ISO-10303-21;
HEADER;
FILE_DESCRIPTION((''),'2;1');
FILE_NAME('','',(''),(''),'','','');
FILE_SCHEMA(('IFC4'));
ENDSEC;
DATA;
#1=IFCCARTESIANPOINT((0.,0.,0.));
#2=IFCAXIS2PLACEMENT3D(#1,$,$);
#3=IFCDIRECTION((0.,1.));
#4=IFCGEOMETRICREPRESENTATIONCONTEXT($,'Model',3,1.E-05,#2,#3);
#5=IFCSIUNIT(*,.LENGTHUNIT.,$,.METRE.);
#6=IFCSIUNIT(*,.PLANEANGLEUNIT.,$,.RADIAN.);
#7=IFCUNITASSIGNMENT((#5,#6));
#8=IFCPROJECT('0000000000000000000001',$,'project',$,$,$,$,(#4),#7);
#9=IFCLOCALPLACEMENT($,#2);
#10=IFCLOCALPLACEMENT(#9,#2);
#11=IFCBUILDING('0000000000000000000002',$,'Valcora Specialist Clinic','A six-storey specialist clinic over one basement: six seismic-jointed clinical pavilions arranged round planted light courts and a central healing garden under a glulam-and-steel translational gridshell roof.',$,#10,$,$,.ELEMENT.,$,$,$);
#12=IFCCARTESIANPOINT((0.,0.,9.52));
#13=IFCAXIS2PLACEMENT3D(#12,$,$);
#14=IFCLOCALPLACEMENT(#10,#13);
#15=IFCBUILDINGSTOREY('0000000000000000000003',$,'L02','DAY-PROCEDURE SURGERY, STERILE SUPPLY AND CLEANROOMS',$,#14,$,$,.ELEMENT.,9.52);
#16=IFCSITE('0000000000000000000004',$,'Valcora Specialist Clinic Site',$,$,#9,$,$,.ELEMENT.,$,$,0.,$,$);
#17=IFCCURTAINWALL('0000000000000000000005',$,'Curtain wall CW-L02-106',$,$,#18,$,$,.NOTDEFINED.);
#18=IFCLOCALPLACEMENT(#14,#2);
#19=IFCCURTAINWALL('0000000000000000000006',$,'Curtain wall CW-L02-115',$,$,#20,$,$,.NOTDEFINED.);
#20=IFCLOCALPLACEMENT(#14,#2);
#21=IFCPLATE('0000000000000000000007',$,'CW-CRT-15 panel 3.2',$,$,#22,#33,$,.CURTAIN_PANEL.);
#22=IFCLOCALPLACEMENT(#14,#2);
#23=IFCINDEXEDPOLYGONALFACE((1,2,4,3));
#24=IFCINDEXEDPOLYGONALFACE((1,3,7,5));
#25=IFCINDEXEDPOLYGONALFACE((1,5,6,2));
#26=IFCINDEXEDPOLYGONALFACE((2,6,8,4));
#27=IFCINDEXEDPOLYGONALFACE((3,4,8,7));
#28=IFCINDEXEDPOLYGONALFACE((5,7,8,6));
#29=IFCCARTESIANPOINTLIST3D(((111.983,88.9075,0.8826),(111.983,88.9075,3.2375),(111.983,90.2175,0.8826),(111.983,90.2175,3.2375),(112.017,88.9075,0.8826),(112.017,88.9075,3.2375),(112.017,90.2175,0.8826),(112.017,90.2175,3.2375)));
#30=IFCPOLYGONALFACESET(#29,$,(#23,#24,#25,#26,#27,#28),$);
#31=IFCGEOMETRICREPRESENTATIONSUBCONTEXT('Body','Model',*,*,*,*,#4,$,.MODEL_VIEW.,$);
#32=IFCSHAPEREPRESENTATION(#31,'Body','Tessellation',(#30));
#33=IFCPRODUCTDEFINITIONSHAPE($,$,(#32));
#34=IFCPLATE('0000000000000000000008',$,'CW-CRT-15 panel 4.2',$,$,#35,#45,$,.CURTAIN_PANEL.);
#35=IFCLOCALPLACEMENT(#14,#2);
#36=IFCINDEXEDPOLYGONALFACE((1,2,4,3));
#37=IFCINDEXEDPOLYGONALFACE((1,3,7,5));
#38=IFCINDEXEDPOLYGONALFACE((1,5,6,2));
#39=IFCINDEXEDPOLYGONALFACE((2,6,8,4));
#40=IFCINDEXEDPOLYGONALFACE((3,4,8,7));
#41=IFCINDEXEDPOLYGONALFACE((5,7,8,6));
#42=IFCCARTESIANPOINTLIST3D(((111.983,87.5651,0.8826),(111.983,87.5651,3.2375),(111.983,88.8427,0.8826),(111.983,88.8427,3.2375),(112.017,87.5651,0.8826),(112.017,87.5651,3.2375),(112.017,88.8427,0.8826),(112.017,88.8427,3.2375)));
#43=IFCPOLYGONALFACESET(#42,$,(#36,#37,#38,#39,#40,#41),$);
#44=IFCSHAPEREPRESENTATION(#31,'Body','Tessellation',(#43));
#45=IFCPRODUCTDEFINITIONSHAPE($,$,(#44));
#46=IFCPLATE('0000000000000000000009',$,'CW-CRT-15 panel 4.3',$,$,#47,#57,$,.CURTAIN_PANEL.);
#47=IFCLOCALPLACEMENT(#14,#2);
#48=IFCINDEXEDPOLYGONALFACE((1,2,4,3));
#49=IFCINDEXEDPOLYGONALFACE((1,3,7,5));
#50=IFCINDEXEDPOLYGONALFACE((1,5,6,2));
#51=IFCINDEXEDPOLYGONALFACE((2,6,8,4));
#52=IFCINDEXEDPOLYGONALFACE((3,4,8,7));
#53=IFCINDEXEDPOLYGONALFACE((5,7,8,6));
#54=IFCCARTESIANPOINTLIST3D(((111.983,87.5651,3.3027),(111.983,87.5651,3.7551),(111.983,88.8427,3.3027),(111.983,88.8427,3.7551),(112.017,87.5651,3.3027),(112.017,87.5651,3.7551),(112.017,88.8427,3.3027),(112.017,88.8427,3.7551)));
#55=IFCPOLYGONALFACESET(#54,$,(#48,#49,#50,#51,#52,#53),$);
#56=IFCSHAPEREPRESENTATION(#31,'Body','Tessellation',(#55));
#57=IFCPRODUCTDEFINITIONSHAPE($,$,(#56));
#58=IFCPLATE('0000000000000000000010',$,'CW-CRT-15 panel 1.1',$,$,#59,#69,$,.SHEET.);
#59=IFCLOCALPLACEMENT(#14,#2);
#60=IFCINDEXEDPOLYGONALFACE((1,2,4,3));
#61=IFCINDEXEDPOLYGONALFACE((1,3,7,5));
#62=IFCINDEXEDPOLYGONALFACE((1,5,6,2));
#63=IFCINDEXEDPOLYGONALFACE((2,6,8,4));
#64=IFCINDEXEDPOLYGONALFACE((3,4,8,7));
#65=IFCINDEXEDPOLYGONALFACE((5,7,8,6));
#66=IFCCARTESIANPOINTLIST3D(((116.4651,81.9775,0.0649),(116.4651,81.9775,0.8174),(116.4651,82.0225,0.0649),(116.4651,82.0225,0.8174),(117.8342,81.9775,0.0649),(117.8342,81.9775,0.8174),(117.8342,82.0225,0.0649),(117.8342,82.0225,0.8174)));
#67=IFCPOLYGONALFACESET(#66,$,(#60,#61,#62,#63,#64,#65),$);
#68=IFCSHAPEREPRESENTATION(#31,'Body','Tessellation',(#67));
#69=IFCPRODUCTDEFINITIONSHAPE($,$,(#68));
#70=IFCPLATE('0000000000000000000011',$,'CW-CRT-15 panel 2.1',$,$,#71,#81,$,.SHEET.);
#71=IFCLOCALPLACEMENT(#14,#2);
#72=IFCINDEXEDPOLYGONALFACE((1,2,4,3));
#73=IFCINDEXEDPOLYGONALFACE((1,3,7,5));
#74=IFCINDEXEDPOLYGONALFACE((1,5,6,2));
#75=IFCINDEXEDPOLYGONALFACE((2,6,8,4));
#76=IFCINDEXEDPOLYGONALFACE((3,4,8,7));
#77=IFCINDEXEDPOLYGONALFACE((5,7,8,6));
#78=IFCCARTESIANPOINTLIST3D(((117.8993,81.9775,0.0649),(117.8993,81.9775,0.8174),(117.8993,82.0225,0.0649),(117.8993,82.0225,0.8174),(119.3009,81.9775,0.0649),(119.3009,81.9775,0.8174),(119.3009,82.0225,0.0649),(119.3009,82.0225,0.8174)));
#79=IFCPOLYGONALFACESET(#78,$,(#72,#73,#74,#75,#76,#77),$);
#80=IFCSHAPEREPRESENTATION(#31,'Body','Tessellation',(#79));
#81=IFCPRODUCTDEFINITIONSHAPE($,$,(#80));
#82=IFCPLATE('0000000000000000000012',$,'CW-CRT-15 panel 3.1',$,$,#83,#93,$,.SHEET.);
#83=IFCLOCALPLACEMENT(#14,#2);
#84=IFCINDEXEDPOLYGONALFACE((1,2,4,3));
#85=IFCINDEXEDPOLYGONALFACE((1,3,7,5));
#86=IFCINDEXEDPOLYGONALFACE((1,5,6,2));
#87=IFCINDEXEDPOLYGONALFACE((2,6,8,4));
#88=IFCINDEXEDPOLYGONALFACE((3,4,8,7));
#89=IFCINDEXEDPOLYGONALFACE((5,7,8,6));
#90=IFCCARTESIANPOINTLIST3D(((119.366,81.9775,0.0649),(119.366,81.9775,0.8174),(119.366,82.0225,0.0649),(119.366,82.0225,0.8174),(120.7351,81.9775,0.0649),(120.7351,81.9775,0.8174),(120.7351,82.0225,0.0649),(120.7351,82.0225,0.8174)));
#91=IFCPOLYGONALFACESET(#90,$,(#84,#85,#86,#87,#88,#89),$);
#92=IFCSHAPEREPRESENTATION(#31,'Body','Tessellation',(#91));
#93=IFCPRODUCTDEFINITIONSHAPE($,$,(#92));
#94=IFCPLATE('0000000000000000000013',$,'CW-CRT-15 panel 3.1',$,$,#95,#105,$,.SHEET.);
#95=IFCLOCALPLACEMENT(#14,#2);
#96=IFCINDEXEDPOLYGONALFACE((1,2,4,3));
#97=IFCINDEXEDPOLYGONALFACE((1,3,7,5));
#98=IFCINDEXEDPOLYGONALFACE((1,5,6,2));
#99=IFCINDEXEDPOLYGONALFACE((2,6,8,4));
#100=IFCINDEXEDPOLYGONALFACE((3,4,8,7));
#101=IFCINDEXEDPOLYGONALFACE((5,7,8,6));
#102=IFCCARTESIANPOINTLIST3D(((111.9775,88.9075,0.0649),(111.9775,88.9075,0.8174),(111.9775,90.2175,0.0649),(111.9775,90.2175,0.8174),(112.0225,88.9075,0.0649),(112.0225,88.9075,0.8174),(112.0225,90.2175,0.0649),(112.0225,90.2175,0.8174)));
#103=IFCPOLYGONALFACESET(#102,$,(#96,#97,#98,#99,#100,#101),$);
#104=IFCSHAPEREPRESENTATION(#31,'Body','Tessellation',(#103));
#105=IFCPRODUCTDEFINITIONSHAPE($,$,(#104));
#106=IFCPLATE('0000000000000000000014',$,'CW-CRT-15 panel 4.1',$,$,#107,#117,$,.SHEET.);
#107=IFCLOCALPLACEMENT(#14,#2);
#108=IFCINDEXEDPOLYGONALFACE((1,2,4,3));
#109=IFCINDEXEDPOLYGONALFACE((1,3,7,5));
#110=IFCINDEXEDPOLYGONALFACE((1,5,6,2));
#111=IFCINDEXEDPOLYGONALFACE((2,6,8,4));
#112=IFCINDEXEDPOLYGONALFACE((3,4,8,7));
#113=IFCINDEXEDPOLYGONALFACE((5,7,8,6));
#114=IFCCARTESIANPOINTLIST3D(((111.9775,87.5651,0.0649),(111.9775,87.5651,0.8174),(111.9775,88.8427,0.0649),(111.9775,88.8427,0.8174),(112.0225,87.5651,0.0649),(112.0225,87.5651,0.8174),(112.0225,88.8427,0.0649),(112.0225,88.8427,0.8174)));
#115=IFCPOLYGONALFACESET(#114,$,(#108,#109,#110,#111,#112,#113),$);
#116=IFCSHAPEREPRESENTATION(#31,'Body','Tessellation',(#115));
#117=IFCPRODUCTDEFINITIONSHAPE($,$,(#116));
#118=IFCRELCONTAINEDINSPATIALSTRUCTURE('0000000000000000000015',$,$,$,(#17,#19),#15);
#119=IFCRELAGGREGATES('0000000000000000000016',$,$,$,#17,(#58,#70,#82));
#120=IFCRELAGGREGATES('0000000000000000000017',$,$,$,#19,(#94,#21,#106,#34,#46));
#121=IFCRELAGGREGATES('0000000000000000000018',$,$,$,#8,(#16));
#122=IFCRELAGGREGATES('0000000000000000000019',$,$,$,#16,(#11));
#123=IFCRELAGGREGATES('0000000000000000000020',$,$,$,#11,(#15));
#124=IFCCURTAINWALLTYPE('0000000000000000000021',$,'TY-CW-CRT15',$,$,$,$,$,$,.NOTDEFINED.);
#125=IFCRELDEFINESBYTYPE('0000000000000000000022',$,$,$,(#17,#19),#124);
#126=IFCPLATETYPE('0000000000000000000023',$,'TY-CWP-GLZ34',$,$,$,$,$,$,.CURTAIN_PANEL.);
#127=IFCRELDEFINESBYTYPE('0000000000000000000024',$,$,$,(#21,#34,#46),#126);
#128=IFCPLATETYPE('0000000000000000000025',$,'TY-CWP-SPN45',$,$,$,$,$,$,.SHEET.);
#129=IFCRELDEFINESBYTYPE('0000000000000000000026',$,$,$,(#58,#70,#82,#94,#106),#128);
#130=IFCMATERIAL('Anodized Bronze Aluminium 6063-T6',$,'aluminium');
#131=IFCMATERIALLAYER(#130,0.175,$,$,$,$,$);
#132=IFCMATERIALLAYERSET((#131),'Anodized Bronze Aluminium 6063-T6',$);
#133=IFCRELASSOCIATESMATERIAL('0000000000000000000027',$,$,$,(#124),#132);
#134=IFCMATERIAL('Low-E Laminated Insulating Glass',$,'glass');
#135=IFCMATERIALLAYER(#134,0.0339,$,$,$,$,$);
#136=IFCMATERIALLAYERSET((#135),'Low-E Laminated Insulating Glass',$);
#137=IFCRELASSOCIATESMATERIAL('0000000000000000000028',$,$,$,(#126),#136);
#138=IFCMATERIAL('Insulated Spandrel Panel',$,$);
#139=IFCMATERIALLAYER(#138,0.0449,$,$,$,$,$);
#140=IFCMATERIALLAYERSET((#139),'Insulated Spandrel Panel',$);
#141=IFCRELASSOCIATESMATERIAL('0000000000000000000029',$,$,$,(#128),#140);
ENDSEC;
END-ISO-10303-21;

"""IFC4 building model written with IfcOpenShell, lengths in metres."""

from ifc_helpers import new_model, si_unit, direction, frame, origin, origin_2d, place, context, subcontext, project, spatial, rectangle, extrude, material, layer, layer_set, type_object, element, aggregate, save


model = new_model("IFC4")

# Units and contexts
model_context = context("Model", 3, precision=1e-05, world=origin(), true_north=direction((0.0, 1.0)))
body_context = subcontext(model_context, "Body", "Model", "MODEL_VIEW")
ifc_project = project(units=[si_unit("LENGTHUNIT", "METRE"), si_unit("PLANEANGLEUNIT", "RADIAN")], contexts=[model_context])

# Site, building, storey
site_placement = place(None, origin())
site = spatial("IfcSite", under=ifc_project, at=site_placement, Name="Valcora Specialist Clinic Site", CompositionType="ELEMENT", RefElevation=0.0)
building_placement = place(site_placement, origin())
building = spatial("IfcBuilding", under=site, at=building_placement, Name="Valcora Specialist Clinic", Description="A six-storey specialist clinic over one basement: six seismic-jointed clinical pavilions arranged round planted light courts and a central healing garden under a glulam-and-steel translational gridshell roof.", CompositionType="ELEMENT")
storey_placement = place(building_placement, frame((0.0, 0.0, 9.52)))
storey = spatial("IfcBuildingStorey", under=building, at=storey_placement, Name="L02", Description="DAY-PROCEDURE SURGERY, STERILE SUPPLY AND CLEANROOMS", CompositionType="ELEMENT", Elevation=9.52)

# Curtain walls
ifc_material_1 = material(Name="Anodized Bronze Aluminium 6063-T6", Category="aluminium")
ifc_layer_1 = layer(ifc_material_1, 0.175)
ifc_layer_set_1 = layer_set([ifc_layer_1], Name="Anodized Bronze Aluminium 6063-T6")
curtain_wall_type = type_object("IfcCurtainWallType", Name="TY-CW-CRT15", PredefinedType="NOTDEFINED", material=ifc_layer_set_1)
curtain_wall_1_placement = place(storey_placement, origin())
curtain_wall_1 = element("IfcCurtainWall", 1, at=curtain_wall_1_placement, inside=storey, type_object=curtain_wall_type, Name="Curtain wall CW-L02-106", PredefinedType="NOTDEFINED")
curtain_wall_2_placement = place(storey_placement, origin())
curtain_wall_2 = element("IfcCurtainWall", 2, at=curtain_wall_2_placement, inside=storey, type_object=curtain_wall_type, Name="Curtain wall CW-L02-115", PredefinedType="NOTDEFINED")

# Plates
ifc_material_2 = material(Name="Low-E Laminated Insulating Glass", Category="glass")
ifc_layer_2 = layer(ifc_material_2, 0.0339)
ifc_layer_set_2 = layer_set([ifc_layer_2], Name="Low-E Laminated Insulating Glass")
plate_type_1 = type_object("IfcPlateType", Name="TY-CWP-GLZ34", PredefinedType="CURTAIN_PANEL", material=ifc_layer_set_2)
plate_1_placement = place(storey_placement, frame((112.0, 89.5625, 0.8826), z_axis=(0.0, 0.0, 1.0), x_axis=(0.0, -1.0, 0.0)))
plate_1 = element("IfcPlate", 3, at=plate_1_placement, type_object=plate_type_1, Name="CW-CRT-15 panel 3.2", PredefinedType="CURTAIN_PANEL", context=body_context, shape_type="SweptSolid", body=[
    extrude(rectangle(XDim=1.3101, YDim=0.0339, at=origin_2d()), origin(), (0.0, 0.0, 1.0), 2.355),
])
plate_2_placement = place(storey_placement, frame((112.0, 88.2039, 0.8826), z_axis=(0.0, 0.0, 1.0), x_axis=(0.0, -1.0, 0.0)))
plate_2 = element("IfcPlate", 4, at=plate_2_placement, type_object=plate_type_1, Name="CW-CRT-15 panel 4.2", PredefinedType="CURTAIN_PANEL", context=body_context, shape_type="SweptSolid", body=[
    extrude(rectangle(XDim=1.2776, YDim=0.0339, at=origin_2d()), origin(), (0.0, 0.0, 1.0), 2.355),
])
plate_3_placement = place(storey_placement, frame((112.0, 88.2039, 3.3027), z_axis=(0.0, 0.0, 1.0), x_axis=(0.0, -1.0, 0.0)))
plate_3 = element("IfcPlate", 5, at=plate_3_placement, type_object=plate_type_1, Name="CW-CRT-15 panel 4.3", PredefinedType="CURTAIN_PANEL", context=body_context, shape_type="SweptSolid", body=[
    extrude(rectangle(XDim=1.2776, YDim=0.0339, at=origin_2d()), origin(), (0.0, 0.0, 1.0), 0.4524),
])
ifc_material_3 = material(Name="Insulated Spandrel Panel")
ifc_layer_3 = layer(ifc_material_3, 0.0449)
ifc_layer_set_3 = layer_set([ifc_layer_3], Name="Insulated Spandrel Panel")
plate_type_2 = type_object("IfcPlateType", Name="TY-CWP-SPN45", PredefinedType="SHEET", material=ifc_layer_set_3)
plate_4_placement = place(storey_placement, frame((117.1497, 82.0, 0.0649), z_axis=(0.0, 0.0, 1.0), x_axis=(1.0, 0.0, 0.0)))
plate_4 = element("IfcPlate", 6, at=plate_4_placement, type_object=plate_type_2, Name="CW-CRT-15 panel 1.1", PredefinedType="SHEET", context=body_context, shape_type="SweptSolid", body=[
    extrude(rectangle(XDim=1.3691, YDim=0.0449, at=origin_2d()), origin(), (0.0, 0.0, 1.0), 0.7524),
])
plate_5_placement = place(storey_placement, frame((118.6001, 82.0, 0.0649), z_axis=(0.0, 0.0, 1.0), x_axis=(1.0, 0.0, 0.0)))
plate_5 = element("IfcPlate", 7, at=plate_5_placement, type_object=plate_type_2, Name="CW-CRT-15 panel 2.1", PredefinedType="SHEET", context=body_context, shape_type="SweptSolid", body=[
    extrude(rectangle(XDim=1.4016, YDim=0.0449, at=origin_2d()), origin(), (0.0, 0.0, 1.0), 0.7524),
])
plate_6_placement = place(storey_placement, frame((120.0505, 82.0, 0.0649), z_axis=(0.0, 0.0, 1.0), x_axis=(1.0, 0.0, 0.0)))
plate_6 = element("IfcPlate", 8, at=plate_6_placement, type_object=plate_type_2, Name="CW-CRT-15 panel 3.1", PredefinedType="SHEET", context=body_context, shape_type="SweptSolid", body=[
    extrude(rectangle(XDim=1.3691, YDim=0.0449, at=origin_2d()), origin(), (0.0, 0.0, 1.0), 0.7524),
])
aggregate(curtain_wall_1, [plate_4, plate_5, plate_6])
plate_7_placement = place(storey_placement, frame((112.0, 89.5625, 0.0649), z_axis=(0.0, 0.0, 1.0), x_axis=(0.0, -1.0, 0.0)))
plate_7 = element("IfcPlate", 9, at=plate_7_placement, type_object=plate_type_2, Name="CW-CRT-15 panel 3.1", PredefinedType="SHEET", context=body_context, shape_type="SweptSolid", body=[
    extrude(rectangle(XDim=1.3101, YDim=0.0449, at=origin_2d()), origin(), (0.0, 0.0, 1.0), 0.7524),
])
plate_8_placement = place(storey_placement, frame((112.0, 88.2039, 0.0649), z_axis=(0.0, 0.0, 1.0), x_axis=(0.0, -1.0, 0.0)))
plate_8 = element("IfcPlate", 10, at=plate_8_placement, type_object=plate_type_2, Name="CW-CRT-15 panel 4.1", PredefinedType="SHEET", context=body_context, shape_type="SweptSolid", body=[
    extrude(rectangle(XDim=1.2776, YDim=0.0449, at=origin_2d()), origin(), (0.0, 0.0, 1.0), 0.7524),
])
aggregate(curtain_wall_2, [plate_7, plate_1, plate_8, plate_2, plate_3])

save(model, "model.ifc")
